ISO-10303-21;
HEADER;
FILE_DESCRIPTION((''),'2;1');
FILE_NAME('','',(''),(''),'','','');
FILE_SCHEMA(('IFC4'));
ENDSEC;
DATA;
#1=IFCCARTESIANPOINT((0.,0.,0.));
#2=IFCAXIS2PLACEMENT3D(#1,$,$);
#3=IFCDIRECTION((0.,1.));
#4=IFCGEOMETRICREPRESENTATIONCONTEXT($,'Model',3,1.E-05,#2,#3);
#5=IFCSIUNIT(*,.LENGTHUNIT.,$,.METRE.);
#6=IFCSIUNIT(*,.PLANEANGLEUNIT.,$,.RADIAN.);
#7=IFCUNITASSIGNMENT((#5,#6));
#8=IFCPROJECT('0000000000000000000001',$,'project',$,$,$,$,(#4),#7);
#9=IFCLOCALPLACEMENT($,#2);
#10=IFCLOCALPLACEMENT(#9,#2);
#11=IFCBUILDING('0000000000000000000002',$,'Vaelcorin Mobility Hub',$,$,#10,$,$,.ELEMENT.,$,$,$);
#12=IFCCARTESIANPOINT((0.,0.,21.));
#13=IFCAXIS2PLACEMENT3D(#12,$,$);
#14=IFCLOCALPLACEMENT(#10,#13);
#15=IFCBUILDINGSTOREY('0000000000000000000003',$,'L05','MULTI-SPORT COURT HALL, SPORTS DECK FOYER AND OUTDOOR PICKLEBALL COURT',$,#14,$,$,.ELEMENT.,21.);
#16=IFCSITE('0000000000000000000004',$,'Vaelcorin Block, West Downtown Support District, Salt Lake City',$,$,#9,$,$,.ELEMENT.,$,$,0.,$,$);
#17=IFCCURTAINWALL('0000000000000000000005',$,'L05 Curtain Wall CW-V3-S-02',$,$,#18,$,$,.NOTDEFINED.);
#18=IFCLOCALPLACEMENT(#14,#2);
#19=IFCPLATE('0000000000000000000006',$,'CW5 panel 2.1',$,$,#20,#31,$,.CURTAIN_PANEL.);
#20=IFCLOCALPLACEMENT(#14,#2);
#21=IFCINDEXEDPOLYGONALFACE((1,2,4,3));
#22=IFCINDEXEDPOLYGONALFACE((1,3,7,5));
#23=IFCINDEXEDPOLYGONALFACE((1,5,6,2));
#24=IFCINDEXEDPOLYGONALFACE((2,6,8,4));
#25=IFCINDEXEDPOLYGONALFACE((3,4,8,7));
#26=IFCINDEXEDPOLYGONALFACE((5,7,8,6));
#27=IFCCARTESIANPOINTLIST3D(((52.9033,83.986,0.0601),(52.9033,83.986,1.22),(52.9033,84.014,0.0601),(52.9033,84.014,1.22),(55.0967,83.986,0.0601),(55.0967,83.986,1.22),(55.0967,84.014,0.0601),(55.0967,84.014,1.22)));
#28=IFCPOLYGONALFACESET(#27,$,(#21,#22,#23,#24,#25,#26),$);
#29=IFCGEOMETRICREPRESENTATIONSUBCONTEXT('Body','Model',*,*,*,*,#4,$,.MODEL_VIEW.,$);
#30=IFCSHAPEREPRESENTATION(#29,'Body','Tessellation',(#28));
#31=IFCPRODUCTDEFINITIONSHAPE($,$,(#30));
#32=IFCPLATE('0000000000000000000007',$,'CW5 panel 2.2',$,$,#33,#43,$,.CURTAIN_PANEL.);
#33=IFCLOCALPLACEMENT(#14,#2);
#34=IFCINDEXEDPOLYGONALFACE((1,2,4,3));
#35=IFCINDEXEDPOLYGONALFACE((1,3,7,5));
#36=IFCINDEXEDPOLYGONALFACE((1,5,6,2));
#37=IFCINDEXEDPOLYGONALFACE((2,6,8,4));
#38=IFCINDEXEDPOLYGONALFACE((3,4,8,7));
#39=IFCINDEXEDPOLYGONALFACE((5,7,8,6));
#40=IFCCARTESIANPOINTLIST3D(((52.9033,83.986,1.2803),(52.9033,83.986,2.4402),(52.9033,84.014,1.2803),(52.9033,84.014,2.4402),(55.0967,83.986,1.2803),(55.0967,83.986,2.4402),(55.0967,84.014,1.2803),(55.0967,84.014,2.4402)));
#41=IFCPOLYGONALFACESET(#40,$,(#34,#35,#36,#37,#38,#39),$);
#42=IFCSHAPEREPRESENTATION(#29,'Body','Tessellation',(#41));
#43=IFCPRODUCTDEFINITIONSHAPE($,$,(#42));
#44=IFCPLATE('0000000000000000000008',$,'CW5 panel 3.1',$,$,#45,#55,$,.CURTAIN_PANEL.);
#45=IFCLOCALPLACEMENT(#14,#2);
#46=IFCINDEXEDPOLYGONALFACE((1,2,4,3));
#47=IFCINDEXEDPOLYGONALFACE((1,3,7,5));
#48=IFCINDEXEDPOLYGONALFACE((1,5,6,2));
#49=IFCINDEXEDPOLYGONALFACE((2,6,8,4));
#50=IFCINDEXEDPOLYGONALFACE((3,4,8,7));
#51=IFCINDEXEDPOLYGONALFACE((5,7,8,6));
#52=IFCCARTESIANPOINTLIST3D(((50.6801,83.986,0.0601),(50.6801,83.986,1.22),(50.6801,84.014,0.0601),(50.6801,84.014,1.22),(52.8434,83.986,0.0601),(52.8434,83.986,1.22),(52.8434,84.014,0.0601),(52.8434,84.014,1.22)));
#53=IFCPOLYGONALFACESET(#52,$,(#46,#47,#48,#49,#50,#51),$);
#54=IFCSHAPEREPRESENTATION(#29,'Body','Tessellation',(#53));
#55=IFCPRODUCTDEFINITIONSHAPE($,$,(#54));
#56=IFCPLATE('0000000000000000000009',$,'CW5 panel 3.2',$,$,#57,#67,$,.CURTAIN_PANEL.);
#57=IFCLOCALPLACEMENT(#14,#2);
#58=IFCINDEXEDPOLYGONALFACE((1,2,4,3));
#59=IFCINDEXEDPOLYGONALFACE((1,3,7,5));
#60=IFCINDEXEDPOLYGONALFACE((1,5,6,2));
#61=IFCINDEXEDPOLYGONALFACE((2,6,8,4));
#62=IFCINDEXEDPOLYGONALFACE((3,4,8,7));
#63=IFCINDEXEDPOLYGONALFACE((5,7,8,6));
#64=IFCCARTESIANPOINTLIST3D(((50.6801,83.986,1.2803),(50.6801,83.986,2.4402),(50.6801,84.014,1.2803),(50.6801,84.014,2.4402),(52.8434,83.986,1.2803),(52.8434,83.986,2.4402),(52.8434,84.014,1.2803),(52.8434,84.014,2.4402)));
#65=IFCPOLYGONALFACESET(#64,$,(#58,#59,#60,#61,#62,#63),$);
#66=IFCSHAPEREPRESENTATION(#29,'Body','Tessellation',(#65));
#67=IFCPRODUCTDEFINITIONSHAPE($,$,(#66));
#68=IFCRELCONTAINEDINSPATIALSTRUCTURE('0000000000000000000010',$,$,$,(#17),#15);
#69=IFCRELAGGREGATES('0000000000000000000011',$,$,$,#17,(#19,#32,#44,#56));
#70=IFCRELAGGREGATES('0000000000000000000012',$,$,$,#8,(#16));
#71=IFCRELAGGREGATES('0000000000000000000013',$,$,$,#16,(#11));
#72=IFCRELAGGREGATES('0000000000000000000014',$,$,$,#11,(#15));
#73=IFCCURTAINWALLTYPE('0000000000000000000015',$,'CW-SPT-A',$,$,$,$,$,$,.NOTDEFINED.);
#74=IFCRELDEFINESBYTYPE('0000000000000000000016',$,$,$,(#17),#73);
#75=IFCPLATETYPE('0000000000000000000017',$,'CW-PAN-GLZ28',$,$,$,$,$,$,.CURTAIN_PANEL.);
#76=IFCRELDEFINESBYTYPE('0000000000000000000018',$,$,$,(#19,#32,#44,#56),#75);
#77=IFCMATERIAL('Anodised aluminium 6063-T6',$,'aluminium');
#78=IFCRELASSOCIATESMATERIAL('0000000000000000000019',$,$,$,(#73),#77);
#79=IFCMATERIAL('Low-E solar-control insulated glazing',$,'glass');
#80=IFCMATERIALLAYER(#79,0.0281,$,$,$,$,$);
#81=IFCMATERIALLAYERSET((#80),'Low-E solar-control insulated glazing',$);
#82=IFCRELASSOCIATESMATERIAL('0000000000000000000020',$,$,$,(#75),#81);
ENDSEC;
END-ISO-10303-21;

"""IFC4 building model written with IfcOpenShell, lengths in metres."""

from ifc_helpers import new_model, si_unit, direction, frame, origin, origin_2d, place, context, subcontext, project, spatial, rectangle, extrude, material, layer, layer_set, type_object, element, aggregate, save


model = new_model("IFC4")

# Units and contexts
model_context = context("Model", 3, precision=1e-05, world=origin(), true_north=direction((0.0, 1.0)))
body_context = subcontext(model_context, "Body", "Model", "MODEL_VIEW")
ifc_project = project(units=[si_unit("LENGTHUNIT", "METRE"), si_unit("PLANEANGLEUNIT", "RADIAN")], contexts=[model_context])

# Site, building, storey
site_placement = place(None, origin())
site = spatial("IfcSite", under=ifc_project, at=site_placement, Name="Vaelcorin Block, West Downtown Support District, Salt Lake City", CompositionType="ELEMENT", RefElevation=0.0)
building_placement = place(site_placement, origin())
building = spatial("IfcBuilding", under=site, at=building_placement, Name="Vaelcorin Mobility Hub", CompositionType="ELEMENT")
storey_placement = place(building_placement, frame((0.0, 0.0, 21.0)))
storey = spatial("IfcBuildingStorey", under=building, at=storey_placement, Name="L05", Description="MULTI-SPORT COURT HALL, SPORTS DECK FOYER AND OUTDOOR PICKLEBALL COURT", CompositionType="ELEMENT", Elevation=21.0)

# Curtain wall
ifc_material_1 = material(Name="Anodised aluminium 6063-T6", Category="aluminium")
curtain_wall_type = type_object("IfcCurtainWallType", Name="CW-SPT-A", PredefinedType="NOTDEFINED", material=ifc_material_1)
curtain_wall_1_placement = place(storey_placement, origin())
curtain_wall_1 = element("IfcCurtainWall", 1, at=curtain_wall_1_placement, inside=storey, type_object=curtain_wall_type, Name="L05 Curtain Wall CW-V3-S-02", PredefinedType="NOTDEFINED")

# Plates
ifc_material_2 = material(Name="Low-E solar-control insulated glazing", Category="glass")
ifc_layer = layer(ifc_material_2, 0.0281)
ifc_layer_set = layer_set([ifc_layer], Name="Low-E solar-control insulated glazing")
plate_type = type_object("IfcPlateType", Name="CW-PAN-GLZ28", PredefinedType="CURTAIN_PANEL", material=ifc_layer_set)
plate_1_placement = place(storey_placement, frame((54.0, 84.0, 0.0601), z_axis=(0.0, 0.0, 1.0), x_axis=(-1.0, 0.0, 0.0)))
plate_1 = element("IfcPlate", 2, at=plate_1_placement, type_object=plate_type, Name="CW5 panel 2.1", PredefinedType="CURTAIN_PANEL", context=body_context, shape_type="SweptSolid", body=[
    extrude(rectangle(XDim=2.1934, YDim=0.0281, at=origin_2d()), origin(), (0.0, 0.0, 1.0), 1.1599),
])
plate_2_placement = place(storey_placement, frame((54.0, 84.0, 1.2803), z_axis=(0.0, 0.0, 1.0), x_axis=(-1.0, 0.0, 0.0)))
plate_2 = element("IfcPlate", 3, at=plate_2_placement, type_object=plate_type, Name="CW5 panel 2.2", PredefinedType="CURTAIN_PANEL", context=body_context, shape_type="SweptSolid", body=[
    extrude(rectangle(XDim=2.1934, YDim=0.0281, at=origin_2d()), origin(), (0.0, 0.0, 1.0), 1.1599),
])
plate_3_placement = place(storey_placement, frame((51.7617, 84.0, 0.0601), z_axis=(0.0, 0.0, 1.0), x_axis=(-1.0, 0.0, 0.0)))
plate_3 = element("IfcPlate", 4, at=plate_3_placement, type_object=plate_type, Name="CW5 panel 3.1", PredefinedType="CURTAIN_PANEL", context=body_context, shape_type="SweptSolid", body=[
    extrude(rectangle(XDim=2.1633, YDim=0.0281, at=origin_2d()), origin(), (0.0, 0.0, 1.0), 1.1599),
])
plate_4_placement = place(storey_placement, frame((51.7617, 84.0, 1.2803), z_axis=(0.0, 0.0, 1.0), x_axis=(-1.0, 0.0, 0.0)))
plate_4 = element("IfcPlate", 5, at=plate_4_placement, type_object=plate_type, Name="CW5 panel 3.2", PredefinedType="CURTAIN_PANEL", context=body_context, shape_type="SweptSolid", body=[
    extrude(rectangle(XDim=2.1633, YDim=0.0281, at=origin_2d()), origin(), (0.0, 0.0, 1.0), 1.1599),
])
aggregate(curtain_wall_1, [plate_1, plate_2, plate_3, plate_4])

save(model, "model.ifc")
